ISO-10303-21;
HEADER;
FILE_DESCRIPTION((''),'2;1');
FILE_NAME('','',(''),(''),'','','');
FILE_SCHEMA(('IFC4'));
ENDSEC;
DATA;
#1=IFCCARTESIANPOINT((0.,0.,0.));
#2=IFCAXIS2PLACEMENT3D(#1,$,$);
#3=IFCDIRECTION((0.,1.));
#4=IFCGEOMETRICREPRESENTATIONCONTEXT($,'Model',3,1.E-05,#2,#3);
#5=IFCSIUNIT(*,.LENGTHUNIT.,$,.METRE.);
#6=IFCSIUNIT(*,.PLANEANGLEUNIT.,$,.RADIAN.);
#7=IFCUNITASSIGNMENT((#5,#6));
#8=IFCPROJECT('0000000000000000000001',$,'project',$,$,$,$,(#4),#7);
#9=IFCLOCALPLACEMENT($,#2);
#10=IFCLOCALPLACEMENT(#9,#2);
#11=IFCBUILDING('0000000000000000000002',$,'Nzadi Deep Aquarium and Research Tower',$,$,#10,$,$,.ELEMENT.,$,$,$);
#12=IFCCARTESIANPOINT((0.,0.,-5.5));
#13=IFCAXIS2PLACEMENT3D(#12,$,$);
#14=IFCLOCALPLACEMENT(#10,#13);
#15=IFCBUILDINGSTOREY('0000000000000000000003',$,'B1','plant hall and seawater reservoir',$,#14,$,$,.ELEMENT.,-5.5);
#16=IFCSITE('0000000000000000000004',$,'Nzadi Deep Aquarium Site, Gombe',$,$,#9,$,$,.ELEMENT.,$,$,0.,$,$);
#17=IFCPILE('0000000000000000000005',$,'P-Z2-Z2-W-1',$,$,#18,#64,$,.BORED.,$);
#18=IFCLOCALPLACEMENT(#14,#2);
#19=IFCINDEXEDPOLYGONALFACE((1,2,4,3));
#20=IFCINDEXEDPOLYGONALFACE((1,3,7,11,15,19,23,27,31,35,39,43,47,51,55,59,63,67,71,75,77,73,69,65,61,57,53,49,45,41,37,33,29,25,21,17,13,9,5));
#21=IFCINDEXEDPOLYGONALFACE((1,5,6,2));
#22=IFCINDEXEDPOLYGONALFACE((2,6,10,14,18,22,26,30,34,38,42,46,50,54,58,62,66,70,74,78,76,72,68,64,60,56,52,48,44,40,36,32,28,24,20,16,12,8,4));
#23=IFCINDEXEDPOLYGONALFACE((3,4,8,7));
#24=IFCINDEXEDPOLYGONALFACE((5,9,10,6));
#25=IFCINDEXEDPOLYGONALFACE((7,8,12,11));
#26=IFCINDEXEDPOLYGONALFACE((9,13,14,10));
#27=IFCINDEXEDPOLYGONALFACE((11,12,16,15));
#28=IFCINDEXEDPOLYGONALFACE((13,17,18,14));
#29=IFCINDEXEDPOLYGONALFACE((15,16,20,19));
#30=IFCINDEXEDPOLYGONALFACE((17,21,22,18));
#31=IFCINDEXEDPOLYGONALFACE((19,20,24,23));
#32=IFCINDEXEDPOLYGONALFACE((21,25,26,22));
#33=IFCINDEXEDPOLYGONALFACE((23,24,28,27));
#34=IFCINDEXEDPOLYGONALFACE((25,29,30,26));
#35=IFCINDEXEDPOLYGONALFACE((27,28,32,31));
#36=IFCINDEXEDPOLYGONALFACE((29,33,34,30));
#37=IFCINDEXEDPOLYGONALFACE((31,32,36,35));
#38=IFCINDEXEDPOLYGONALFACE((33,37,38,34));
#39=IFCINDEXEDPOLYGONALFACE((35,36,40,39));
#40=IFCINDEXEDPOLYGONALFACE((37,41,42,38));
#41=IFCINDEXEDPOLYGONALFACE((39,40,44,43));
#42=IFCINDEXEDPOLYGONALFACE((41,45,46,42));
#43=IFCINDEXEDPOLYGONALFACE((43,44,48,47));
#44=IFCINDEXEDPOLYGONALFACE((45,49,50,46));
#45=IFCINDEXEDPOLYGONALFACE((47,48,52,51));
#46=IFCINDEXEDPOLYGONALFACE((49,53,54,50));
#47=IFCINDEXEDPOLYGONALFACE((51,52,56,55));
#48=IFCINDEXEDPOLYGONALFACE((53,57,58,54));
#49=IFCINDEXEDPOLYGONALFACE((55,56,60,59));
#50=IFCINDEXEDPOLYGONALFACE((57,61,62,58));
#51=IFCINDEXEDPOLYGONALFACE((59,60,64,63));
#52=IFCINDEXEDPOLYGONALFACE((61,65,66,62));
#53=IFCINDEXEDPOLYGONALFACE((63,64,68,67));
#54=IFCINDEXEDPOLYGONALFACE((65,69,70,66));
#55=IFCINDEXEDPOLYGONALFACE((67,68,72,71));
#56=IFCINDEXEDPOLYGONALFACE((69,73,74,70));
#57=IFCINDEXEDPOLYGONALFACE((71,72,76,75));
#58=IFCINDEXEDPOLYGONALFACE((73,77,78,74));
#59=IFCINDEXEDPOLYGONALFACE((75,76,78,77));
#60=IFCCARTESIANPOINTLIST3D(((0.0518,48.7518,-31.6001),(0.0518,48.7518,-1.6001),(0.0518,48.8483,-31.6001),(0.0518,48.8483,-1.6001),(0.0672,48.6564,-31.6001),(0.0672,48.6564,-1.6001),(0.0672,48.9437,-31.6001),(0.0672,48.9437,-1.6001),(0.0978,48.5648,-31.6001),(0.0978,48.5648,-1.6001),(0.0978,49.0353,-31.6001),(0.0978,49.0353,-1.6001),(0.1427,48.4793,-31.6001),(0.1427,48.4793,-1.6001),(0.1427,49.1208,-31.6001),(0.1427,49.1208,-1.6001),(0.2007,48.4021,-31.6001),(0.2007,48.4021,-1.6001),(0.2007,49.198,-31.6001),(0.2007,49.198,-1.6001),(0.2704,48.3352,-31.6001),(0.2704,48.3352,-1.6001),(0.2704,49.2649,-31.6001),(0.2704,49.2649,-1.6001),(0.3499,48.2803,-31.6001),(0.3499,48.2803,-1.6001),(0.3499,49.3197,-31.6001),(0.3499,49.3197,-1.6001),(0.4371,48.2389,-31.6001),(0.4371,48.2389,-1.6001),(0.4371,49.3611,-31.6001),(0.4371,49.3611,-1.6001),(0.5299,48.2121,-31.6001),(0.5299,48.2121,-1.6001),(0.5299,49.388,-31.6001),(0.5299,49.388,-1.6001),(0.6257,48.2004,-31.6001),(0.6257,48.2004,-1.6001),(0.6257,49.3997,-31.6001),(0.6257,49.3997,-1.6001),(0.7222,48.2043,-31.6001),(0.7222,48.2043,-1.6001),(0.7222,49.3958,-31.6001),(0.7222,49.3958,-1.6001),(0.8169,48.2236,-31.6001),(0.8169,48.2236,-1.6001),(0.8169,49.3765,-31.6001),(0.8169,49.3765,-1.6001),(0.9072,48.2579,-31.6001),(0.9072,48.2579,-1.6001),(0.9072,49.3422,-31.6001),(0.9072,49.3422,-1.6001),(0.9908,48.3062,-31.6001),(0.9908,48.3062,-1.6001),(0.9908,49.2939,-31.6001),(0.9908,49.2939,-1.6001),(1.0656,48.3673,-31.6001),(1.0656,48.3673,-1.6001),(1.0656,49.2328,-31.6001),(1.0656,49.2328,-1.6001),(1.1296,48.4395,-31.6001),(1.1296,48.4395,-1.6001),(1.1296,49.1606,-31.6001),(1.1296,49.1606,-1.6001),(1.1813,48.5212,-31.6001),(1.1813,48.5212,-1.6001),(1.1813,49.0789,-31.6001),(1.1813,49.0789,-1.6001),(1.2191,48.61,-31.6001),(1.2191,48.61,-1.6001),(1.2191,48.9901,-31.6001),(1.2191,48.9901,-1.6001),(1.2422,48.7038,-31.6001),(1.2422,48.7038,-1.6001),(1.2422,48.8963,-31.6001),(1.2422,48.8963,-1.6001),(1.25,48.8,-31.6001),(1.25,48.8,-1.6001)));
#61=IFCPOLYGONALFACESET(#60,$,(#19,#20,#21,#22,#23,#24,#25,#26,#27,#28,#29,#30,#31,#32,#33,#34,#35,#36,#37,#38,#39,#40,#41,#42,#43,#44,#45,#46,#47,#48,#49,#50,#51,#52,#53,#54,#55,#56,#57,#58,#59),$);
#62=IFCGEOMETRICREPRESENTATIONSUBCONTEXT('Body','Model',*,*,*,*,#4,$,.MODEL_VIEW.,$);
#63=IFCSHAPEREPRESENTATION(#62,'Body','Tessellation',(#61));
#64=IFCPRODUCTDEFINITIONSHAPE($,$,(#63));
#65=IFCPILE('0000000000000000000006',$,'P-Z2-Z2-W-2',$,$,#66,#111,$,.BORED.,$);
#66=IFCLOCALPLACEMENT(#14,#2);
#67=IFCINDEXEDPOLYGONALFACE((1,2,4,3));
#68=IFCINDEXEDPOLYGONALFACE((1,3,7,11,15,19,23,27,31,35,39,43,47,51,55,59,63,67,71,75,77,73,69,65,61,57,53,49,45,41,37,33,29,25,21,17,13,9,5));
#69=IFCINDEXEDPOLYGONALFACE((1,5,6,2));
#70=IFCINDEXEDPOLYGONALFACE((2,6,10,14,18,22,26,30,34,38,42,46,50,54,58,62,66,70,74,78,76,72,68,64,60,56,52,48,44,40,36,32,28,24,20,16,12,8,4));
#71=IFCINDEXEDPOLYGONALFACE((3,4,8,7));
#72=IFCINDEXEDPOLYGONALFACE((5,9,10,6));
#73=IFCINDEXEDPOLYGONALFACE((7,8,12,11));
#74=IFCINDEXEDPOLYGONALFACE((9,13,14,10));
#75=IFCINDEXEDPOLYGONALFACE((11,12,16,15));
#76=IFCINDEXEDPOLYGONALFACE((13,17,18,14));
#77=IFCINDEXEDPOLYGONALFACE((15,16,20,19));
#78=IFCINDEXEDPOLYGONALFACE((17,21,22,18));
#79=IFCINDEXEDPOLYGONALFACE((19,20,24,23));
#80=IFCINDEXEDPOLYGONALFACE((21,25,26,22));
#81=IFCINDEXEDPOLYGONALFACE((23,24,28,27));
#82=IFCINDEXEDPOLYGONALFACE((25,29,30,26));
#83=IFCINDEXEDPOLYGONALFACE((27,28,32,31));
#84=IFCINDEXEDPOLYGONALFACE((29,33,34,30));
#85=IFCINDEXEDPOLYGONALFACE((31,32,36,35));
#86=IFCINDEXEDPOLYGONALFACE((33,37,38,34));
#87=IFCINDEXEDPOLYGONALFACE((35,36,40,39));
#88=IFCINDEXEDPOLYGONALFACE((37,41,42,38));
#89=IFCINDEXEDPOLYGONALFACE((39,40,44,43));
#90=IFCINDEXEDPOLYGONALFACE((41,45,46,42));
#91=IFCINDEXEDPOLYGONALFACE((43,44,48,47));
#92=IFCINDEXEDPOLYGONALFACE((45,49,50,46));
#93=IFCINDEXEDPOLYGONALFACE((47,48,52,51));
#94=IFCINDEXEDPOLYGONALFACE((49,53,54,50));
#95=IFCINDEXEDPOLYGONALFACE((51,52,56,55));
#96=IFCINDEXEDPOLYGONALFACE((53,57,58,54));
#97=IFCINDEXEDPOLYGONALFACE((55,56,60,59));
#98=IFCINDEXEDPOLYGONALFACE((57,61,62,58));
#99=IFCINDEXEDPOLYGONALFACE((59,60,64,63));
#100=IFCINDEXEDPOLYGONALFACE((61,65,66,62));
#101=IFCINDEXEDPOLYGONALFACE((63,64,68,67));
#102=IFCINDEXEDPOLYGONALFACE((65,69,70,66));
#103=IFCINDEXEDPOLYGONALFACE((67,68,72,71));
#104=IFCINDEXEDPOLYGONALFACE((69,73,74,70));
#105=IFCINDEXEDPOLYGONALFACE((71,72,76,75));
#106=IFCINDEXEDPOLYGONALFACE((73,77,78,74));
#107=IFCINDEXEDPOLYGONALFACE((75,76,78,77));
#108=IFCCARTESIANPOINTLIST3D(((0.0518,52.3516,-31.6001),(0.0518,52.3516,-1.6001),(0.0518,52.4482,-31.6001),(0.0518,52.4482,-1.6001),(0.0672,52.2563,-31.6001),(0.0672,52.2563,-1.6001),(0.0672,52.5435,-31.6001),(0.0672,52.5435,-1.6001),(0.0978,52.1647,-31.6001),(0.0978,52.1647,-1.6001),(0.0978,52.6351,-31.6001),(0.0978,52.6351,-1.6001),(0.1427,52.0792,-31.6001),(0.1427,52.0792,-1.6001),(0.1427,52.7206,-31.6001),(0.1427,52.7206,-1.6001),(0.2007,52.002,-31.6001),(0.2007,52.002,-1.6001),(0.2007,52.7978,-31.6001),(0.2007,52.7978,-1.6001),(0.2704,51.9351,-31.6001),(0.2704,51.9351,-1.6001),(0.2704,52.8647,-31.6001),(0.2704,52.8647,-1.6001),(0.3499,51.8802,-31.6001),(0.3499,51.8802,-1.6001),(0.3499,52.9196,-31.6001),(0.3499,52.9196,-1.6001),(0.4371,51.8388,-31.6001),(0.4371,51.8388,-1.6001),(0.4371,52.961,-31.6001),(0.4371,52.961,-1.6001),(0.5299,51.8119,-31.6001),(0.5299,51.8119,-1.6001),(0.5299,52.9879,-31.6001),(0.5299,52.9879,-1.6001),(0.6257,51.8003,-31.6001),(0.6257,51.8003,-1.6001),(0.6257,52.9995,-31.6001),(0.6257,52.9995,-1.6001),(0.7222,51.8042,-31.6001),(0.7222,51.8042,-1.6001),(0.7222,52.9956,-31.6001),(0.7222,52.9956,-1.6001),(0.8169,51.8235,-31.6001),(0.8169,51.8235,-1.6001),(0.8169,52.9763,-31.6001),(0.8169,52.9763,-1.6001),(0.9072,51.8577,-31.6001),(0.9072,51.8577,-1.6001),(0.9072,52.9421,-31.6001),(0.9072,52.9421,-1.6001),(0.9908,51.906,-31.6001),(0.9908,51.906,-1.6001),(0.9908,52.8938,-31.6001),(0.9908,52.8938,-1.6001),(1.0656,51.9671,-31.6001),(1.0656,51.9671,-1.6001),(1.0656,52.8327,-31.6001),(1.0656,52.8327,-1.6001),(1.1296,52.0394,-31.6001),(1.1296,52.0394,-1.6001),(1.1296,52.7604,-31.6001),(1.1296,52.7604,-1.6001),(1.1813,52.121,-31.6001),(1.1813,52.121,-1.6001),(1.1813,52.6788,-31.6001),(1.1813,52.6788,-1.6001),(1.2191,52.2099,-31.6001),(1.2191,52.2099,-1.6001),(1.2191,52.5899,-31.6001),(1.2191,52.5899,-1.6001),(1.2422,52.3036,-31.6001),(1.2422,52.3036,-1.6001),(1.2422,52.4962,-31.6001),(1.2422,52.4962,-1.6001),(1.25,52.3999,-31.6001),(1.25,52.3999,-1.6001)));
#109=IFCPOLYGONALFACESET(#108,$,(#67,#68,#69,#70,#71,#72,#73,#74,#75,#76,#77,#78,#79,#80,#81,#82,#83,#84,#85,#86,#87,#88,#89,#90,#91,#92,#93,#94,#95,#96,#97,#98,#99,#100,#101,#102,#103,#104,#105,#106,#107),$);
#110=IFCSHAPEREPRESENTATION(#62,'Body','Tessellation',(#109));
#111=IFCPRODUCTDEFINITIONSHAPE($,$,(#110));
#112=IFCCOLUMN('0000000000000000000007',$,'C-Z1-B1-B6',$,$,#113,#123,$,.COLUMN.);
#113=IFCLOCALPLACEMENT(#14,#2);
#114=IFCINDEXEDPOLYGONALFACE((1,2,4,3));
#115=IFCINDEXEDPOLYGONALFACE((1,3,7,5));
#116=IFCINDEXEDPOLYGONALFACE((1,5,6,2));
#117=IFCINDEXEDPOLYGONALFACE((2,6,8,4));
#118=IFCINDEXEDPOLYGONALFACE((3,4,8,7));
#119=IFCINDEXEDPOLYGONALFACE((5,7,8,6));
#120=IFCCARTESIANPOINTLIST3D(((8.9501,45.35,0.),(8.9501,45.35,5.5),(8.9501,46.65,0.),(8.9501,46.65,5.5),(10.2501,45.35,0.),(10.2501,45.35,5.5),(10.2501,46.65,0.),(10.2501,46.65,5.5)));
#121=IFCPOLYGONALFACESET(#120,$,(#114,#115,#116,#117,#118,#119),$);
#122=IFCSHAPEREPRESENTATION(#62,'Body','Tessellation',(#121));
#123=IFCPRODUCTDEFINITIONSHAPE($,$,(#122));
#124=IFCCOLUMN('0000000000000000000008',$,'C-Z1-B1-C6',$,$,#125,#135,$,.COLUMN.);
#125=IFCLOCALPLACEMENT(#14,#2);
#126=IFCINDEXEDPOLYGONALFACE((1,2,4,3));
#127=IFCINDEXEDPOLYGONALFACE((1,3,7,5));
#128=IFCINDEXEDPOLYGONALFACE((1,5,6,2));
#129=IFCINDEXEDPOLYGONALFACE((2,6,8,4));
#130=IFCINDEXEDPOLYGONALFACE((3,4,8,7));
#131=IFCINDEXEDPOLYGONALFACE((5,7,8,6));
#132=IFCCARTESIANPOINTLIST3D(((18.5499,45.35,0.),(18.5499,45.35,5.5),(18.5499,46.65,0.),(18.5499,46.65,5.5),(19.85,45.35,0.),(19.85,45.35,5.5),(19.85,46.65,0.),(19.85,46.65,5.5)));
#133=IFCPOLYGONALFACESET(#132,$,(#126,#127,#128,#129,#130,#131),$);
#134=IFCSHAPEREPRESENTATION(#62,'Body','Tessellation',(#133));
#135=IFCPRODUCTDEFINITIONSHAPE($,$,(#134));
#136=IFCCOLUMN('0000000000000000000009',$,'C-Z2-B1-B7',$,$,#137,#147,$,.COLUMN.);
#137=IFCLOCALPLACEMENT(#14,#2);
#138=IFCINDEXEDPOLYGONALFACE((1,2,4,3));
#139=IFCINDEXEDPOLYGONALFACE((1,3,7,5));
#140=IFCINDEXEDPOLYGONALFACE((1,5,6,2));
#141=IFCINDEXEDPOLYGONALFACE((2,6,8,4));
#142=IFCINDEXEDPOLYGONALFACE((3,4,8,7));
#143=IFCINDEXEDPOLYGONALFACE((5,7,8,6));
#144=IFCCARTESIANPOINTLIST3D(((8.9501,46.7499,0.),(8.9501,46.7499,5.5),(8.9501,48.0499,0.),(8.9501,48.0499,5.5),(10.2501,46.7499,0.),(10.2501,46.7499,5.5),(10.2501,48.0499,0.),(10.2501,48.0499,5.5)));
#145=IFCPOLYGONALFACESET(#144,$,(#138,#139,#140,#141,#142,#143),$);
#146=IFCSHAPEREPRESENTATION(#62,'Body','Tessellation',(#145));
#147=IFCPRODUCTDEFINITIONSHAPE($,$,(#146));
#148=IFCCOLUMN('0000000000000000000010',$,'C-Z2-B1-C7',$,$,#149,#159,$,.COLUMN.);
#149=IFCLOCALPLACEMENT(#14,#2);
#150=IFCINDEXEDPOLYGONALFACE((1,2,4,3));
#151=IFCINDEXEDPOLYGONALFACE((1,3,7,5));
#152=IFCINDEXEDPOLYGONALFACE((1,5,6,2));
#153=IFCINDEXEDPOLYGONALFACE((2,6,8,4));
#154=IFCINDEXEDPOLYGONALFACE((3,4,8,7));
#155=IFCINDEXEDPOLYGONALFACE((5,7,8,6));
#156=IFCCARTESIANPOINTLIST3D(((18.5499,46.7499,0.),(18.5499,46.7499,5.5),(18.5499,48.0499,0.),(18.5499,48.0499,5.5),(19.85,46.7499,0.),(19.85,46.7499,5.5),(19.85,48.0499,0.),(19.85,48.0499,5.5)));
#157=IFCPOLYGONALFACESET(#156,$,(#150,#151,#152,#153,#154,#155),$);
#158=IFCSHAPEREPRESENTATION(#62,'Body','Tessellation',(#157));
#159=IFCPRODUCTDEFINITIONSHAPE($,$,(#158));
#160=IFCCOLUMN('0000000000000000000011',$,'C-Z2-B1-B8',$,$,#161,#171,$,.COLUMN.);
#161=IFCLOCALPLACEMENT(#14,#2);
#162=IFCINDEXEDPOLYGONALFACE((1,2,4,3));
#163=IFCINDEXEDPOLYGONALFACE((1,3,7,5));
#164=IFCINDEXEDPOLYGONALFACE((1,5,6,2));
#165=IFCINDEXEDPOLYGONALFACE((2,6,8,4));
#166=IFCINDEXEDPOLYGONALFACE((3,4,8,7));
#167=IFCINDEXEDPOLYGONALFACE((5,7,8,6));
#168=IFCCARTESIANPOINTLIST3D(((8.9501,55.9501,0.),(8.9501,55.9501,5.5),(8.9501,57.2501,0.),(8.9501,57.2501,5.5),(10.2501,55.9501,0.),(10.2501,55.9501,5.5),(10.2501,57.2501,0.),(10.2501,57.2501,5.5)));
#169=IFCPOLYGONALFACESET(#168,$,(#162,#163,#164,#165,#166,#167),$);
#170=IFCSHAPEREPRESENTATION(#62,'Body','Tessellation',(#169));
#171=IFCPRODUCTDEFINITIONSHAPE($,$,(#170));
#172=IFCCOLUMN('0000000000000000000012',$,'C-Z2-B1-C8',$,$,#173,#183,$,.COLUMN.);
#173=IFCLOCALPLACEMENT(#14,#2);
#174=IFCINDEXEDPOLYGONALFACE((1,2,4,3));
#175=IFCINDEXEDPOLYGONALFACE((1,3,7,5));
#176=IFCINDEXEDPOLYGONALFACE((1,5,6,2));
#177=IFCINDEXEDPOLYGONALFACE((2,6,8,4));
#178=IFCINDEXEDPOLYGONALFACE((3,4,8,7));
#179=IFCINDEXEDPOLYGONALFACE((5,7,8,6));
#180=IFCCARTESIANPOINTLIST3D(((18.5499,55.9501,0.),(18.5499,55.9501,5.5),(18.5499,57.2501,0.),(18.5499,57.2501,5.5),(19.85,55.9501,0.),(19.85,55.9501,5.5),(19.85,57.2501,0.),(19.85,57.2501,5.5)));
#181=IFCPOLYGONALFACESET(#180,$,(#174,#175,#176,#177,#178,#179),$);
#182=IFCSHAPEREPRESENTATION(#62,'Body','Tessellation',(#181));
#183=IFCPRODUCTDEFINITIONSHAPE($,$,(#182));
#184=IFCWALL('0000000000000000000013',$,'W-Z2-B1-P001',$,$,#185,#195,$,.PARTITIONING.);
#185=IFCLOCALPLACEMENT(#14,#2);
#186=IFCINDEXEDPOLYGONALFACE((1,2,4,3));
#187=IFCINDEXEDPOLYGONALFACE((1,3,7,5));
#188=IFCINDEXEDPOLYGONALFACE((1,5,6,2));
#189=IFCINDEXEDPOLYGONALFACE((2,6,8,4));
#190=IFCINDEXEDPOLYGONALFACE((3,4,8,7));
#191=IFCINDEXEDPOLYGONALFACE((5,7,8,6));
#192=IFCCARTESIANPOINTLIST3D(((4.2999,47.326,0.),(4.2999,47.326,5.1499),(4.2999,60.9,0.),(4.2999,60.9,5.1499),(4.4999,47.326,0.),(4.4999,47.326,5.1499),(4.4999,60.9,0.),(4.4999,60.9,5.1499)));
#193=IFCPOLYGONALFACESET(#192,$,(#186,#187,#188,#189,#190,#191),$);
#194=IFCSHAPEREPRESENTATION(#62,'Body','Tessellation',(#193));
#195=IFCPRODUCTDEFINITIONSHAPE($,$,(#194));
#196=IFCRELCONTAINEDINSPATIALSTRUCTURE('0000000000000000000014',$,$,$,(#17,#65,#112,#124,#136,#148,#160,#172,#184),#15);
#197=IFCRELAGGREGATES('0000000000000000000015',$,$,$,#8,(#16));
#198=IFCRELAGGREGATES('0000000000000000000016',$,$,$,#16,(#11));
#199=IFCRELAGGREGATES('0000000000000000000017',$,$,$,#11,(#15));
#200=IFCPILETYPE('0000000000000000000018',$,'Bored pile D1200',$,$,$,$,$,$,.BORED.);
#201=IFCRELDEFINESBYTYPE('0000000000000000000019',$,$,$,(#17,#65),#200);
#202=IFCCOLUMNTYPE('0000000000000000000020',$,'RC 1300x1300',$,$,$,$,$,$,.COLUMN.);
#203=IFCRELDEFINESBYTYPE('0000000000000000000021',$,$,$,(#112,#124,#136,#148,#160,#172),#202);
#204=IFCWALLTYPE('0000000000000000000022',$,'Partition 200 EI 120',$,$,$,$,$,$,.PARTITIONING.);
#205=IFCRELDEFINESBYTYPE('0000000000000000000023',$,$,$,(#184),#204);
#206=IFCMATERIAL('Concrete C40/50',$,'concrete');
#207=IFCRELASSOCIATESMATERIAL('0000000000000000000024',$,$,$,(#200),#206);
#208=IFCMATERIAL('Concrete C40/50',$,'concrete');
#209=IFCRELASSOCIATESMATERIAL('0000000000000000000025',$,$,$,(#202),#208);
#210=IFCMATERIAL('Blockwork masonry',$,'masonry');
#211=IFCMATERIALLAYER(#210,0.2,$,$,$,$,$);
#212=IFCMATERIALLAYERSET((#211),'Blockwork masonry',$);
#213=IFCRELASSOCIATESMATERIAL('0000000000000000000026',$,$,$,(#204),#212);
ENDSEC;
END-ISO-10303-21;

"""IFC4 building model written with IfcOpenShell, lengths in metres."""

from ifc_helpers import new_model, si_unit, direction, frame, frame_2d, origin, origin_2d, place, context, subcontext, project, spatial, rectangle, circle, extrude, material, layer, layer_set, material_profile, profile_set, type_object, element, save


model = new_model("IFC4")

# Units and contexts
model_context = context("Model", 3, precision=1e-05, world=origin(), true_north=direction((0.0, 1.0)))
body_context = subcontext(model_context, "Body", "Model", "MODEL_VIEW")
ifc_project = project(units=[si_unit("LENGTHUNIT", "METRE"), si_unit("PLANEANGLEUNIT", "RADIAN")], contexts=[model_context])

# Site, building, storey
site_placement = place(None, origin())
site = spatial("IfcSite", under=ifc_project, at=site_placement, Name="Nzadi Deep Aquarium Site, Gombe", CompositionType="ELEMENT", RefElevation=0.0)
building_placement = place(site_placement, origin())
building = spatial("IfcBuilding", under=site, at=building_placement, Name="Nzadi Deep Aquarium and Research Tower", CompositionType="ELEMENT")
storey_placement = place(building_placement, frame((0.0, 0.0, -5.5)))
storey = spatial("IfcBuildingStorey", under=building, at=storey_placement, Name="B1", Description="plant hall and seawater reservoir", CompositionType="ELEMENT", Elevation=-5.5)

# Piles
ifc_material_1 = material(Name="Concrete C40/50", Category="concrete")
ifc_material_profile_1 = material_profile(ifc_material_1, circle(Radius=0.6001, at=origin_2d()))
ifc_profile_set_1 = profile_set([ifc_material_profile_1], Name="Concrete C40/50")
pile_type_1 = type_object("IfcPileType", Name="Bored pile D1200", PredefinedType="BORED", material=ifc_profile_set_1)
for number, where, z_axis, x_axis, name in (
    (1, (0.6499, 48.8, -1.6001), (0.0, 0.0, -1.0), (1.0, 0.0, 0.0), "P-Z2-Z2-W-1"),
    (2, (0.6499, 52.3999, -1.6001), (0.0, 0.0, -1.0), (1.0, 0.0, 0.0), "P-Z2-Z2-W-2"),
):
    element("IfcPile", number, at=place(storey_placement, frame(where, z_axis=z_axis, x_axis=x_axis)), inside=storey, type_object=pile_type_1, Name=name, PredefinedType="BORED", context=body_context, shape_type="SweptSolid", body=[
        extrude(circle(Radius=0.6001, at=origin_2d()), origin(), (0.0, 0.0, 1.0), 30.0),
    ])

# Columns
ifc_material_2 = material(Name="Concrete C40/50", Category="concrete")
ifc_material_profile_2 = material_profile(ifc_material_2, rectangle(XDim=1.3, YDim=1.3, at=origin_2d()))
ifc_profile_set_2 = profile_set([ifc_material_profile_2], Name="Concrete C40/50")
column_type = type_object("IfcColumnType", Name="RC 1300x1300", PredefinedType="COLUMN", material=ifc_profile_set_2)
for number, where, z_axis, x_axis, name in (
    (3, (9.6001, 46.0, 0.0), (0.0, 0.0, 1.0), (1.0, 0.0, 0.0), "C-Z1-B1-B6"),
    (4, (19.2, 46.0, 0.0), (0.0, 0.0, 1.0), (1.0, 0.0, 0.0), "C-Z1-B1-C6"),
    (5, (9.6001, 47.3999, 0.0), (0.0, 0.0, 1.0), (1.0, 0.0, 0.0), "C-Z2-B1-B7"),
    (6, (19.2, 47.3999, 0.0), (0.0, 0.0, 1.0), (1.0, 0.0, 0.0), "C-Z2-B1-C7"),
    (7, (9.6001, 56.6001, 0.0), (0.0, 0.0, 1.0), (1.0, 0.0, 0.0), "C-Z2-B1-B8"),
    (8, (19.2, 56.6001, 0.0), (0.0, 0.0, 1.0), (1.0, 0.0, 0.0), "C-Z2-B1-C8"),
):
    element("IfcColumn", number, at=place(storey_placement, frame(where, z_axis=z_axis, x_axis=x_axis)), inside=storey, type_object=column_type, Name=name, PredefinedType="COLUMN", context=body_context, shape_type="SweptSolid", body=[
        extrude(rectangle(XDim=1.3, YDim=1.3, at=origin_2d()), origin(), (0.0, 0.0, 1.0), 5.5),
    ])

# Wall
ifc_material_3 = material(Name="Blockwork masonry", Category="masonry")
ifc_layer_1 = layer(ifc_material_3, 0.2)
ifc_layer_set_1 = layer_set([ifc_layer_1], Name="Blockwork masonry")
wall_type_1 = type_object("IfcWallType", Name="Partition 200 EI 120", PredefinedType="PARTITIONING", material=ifc_layer_set_1)
wall_1_placement = place(storey_placement, frame((4.3999, 47.3259, 0.0), z_axis=(0.0, 0.0, 1.0), x_axis=(0.0, 1.0, 0.0)))
element("IfcWall", 9, at=wall_1_placement, inside=storey, type_object=wall_type_1, Name="W-Z2-B1-P001", PredefinedType="PARTITIONING", context=body_context, shape_type="SweptSolid", body=[
    extrude(rectangle(XDim=13.574, YDim=0.2, at=frame_2d((6.7871, 0.0))), origin(), (0.0, 0.0, 1.0), 5.1499),
])

save(model, "model.ifc")
